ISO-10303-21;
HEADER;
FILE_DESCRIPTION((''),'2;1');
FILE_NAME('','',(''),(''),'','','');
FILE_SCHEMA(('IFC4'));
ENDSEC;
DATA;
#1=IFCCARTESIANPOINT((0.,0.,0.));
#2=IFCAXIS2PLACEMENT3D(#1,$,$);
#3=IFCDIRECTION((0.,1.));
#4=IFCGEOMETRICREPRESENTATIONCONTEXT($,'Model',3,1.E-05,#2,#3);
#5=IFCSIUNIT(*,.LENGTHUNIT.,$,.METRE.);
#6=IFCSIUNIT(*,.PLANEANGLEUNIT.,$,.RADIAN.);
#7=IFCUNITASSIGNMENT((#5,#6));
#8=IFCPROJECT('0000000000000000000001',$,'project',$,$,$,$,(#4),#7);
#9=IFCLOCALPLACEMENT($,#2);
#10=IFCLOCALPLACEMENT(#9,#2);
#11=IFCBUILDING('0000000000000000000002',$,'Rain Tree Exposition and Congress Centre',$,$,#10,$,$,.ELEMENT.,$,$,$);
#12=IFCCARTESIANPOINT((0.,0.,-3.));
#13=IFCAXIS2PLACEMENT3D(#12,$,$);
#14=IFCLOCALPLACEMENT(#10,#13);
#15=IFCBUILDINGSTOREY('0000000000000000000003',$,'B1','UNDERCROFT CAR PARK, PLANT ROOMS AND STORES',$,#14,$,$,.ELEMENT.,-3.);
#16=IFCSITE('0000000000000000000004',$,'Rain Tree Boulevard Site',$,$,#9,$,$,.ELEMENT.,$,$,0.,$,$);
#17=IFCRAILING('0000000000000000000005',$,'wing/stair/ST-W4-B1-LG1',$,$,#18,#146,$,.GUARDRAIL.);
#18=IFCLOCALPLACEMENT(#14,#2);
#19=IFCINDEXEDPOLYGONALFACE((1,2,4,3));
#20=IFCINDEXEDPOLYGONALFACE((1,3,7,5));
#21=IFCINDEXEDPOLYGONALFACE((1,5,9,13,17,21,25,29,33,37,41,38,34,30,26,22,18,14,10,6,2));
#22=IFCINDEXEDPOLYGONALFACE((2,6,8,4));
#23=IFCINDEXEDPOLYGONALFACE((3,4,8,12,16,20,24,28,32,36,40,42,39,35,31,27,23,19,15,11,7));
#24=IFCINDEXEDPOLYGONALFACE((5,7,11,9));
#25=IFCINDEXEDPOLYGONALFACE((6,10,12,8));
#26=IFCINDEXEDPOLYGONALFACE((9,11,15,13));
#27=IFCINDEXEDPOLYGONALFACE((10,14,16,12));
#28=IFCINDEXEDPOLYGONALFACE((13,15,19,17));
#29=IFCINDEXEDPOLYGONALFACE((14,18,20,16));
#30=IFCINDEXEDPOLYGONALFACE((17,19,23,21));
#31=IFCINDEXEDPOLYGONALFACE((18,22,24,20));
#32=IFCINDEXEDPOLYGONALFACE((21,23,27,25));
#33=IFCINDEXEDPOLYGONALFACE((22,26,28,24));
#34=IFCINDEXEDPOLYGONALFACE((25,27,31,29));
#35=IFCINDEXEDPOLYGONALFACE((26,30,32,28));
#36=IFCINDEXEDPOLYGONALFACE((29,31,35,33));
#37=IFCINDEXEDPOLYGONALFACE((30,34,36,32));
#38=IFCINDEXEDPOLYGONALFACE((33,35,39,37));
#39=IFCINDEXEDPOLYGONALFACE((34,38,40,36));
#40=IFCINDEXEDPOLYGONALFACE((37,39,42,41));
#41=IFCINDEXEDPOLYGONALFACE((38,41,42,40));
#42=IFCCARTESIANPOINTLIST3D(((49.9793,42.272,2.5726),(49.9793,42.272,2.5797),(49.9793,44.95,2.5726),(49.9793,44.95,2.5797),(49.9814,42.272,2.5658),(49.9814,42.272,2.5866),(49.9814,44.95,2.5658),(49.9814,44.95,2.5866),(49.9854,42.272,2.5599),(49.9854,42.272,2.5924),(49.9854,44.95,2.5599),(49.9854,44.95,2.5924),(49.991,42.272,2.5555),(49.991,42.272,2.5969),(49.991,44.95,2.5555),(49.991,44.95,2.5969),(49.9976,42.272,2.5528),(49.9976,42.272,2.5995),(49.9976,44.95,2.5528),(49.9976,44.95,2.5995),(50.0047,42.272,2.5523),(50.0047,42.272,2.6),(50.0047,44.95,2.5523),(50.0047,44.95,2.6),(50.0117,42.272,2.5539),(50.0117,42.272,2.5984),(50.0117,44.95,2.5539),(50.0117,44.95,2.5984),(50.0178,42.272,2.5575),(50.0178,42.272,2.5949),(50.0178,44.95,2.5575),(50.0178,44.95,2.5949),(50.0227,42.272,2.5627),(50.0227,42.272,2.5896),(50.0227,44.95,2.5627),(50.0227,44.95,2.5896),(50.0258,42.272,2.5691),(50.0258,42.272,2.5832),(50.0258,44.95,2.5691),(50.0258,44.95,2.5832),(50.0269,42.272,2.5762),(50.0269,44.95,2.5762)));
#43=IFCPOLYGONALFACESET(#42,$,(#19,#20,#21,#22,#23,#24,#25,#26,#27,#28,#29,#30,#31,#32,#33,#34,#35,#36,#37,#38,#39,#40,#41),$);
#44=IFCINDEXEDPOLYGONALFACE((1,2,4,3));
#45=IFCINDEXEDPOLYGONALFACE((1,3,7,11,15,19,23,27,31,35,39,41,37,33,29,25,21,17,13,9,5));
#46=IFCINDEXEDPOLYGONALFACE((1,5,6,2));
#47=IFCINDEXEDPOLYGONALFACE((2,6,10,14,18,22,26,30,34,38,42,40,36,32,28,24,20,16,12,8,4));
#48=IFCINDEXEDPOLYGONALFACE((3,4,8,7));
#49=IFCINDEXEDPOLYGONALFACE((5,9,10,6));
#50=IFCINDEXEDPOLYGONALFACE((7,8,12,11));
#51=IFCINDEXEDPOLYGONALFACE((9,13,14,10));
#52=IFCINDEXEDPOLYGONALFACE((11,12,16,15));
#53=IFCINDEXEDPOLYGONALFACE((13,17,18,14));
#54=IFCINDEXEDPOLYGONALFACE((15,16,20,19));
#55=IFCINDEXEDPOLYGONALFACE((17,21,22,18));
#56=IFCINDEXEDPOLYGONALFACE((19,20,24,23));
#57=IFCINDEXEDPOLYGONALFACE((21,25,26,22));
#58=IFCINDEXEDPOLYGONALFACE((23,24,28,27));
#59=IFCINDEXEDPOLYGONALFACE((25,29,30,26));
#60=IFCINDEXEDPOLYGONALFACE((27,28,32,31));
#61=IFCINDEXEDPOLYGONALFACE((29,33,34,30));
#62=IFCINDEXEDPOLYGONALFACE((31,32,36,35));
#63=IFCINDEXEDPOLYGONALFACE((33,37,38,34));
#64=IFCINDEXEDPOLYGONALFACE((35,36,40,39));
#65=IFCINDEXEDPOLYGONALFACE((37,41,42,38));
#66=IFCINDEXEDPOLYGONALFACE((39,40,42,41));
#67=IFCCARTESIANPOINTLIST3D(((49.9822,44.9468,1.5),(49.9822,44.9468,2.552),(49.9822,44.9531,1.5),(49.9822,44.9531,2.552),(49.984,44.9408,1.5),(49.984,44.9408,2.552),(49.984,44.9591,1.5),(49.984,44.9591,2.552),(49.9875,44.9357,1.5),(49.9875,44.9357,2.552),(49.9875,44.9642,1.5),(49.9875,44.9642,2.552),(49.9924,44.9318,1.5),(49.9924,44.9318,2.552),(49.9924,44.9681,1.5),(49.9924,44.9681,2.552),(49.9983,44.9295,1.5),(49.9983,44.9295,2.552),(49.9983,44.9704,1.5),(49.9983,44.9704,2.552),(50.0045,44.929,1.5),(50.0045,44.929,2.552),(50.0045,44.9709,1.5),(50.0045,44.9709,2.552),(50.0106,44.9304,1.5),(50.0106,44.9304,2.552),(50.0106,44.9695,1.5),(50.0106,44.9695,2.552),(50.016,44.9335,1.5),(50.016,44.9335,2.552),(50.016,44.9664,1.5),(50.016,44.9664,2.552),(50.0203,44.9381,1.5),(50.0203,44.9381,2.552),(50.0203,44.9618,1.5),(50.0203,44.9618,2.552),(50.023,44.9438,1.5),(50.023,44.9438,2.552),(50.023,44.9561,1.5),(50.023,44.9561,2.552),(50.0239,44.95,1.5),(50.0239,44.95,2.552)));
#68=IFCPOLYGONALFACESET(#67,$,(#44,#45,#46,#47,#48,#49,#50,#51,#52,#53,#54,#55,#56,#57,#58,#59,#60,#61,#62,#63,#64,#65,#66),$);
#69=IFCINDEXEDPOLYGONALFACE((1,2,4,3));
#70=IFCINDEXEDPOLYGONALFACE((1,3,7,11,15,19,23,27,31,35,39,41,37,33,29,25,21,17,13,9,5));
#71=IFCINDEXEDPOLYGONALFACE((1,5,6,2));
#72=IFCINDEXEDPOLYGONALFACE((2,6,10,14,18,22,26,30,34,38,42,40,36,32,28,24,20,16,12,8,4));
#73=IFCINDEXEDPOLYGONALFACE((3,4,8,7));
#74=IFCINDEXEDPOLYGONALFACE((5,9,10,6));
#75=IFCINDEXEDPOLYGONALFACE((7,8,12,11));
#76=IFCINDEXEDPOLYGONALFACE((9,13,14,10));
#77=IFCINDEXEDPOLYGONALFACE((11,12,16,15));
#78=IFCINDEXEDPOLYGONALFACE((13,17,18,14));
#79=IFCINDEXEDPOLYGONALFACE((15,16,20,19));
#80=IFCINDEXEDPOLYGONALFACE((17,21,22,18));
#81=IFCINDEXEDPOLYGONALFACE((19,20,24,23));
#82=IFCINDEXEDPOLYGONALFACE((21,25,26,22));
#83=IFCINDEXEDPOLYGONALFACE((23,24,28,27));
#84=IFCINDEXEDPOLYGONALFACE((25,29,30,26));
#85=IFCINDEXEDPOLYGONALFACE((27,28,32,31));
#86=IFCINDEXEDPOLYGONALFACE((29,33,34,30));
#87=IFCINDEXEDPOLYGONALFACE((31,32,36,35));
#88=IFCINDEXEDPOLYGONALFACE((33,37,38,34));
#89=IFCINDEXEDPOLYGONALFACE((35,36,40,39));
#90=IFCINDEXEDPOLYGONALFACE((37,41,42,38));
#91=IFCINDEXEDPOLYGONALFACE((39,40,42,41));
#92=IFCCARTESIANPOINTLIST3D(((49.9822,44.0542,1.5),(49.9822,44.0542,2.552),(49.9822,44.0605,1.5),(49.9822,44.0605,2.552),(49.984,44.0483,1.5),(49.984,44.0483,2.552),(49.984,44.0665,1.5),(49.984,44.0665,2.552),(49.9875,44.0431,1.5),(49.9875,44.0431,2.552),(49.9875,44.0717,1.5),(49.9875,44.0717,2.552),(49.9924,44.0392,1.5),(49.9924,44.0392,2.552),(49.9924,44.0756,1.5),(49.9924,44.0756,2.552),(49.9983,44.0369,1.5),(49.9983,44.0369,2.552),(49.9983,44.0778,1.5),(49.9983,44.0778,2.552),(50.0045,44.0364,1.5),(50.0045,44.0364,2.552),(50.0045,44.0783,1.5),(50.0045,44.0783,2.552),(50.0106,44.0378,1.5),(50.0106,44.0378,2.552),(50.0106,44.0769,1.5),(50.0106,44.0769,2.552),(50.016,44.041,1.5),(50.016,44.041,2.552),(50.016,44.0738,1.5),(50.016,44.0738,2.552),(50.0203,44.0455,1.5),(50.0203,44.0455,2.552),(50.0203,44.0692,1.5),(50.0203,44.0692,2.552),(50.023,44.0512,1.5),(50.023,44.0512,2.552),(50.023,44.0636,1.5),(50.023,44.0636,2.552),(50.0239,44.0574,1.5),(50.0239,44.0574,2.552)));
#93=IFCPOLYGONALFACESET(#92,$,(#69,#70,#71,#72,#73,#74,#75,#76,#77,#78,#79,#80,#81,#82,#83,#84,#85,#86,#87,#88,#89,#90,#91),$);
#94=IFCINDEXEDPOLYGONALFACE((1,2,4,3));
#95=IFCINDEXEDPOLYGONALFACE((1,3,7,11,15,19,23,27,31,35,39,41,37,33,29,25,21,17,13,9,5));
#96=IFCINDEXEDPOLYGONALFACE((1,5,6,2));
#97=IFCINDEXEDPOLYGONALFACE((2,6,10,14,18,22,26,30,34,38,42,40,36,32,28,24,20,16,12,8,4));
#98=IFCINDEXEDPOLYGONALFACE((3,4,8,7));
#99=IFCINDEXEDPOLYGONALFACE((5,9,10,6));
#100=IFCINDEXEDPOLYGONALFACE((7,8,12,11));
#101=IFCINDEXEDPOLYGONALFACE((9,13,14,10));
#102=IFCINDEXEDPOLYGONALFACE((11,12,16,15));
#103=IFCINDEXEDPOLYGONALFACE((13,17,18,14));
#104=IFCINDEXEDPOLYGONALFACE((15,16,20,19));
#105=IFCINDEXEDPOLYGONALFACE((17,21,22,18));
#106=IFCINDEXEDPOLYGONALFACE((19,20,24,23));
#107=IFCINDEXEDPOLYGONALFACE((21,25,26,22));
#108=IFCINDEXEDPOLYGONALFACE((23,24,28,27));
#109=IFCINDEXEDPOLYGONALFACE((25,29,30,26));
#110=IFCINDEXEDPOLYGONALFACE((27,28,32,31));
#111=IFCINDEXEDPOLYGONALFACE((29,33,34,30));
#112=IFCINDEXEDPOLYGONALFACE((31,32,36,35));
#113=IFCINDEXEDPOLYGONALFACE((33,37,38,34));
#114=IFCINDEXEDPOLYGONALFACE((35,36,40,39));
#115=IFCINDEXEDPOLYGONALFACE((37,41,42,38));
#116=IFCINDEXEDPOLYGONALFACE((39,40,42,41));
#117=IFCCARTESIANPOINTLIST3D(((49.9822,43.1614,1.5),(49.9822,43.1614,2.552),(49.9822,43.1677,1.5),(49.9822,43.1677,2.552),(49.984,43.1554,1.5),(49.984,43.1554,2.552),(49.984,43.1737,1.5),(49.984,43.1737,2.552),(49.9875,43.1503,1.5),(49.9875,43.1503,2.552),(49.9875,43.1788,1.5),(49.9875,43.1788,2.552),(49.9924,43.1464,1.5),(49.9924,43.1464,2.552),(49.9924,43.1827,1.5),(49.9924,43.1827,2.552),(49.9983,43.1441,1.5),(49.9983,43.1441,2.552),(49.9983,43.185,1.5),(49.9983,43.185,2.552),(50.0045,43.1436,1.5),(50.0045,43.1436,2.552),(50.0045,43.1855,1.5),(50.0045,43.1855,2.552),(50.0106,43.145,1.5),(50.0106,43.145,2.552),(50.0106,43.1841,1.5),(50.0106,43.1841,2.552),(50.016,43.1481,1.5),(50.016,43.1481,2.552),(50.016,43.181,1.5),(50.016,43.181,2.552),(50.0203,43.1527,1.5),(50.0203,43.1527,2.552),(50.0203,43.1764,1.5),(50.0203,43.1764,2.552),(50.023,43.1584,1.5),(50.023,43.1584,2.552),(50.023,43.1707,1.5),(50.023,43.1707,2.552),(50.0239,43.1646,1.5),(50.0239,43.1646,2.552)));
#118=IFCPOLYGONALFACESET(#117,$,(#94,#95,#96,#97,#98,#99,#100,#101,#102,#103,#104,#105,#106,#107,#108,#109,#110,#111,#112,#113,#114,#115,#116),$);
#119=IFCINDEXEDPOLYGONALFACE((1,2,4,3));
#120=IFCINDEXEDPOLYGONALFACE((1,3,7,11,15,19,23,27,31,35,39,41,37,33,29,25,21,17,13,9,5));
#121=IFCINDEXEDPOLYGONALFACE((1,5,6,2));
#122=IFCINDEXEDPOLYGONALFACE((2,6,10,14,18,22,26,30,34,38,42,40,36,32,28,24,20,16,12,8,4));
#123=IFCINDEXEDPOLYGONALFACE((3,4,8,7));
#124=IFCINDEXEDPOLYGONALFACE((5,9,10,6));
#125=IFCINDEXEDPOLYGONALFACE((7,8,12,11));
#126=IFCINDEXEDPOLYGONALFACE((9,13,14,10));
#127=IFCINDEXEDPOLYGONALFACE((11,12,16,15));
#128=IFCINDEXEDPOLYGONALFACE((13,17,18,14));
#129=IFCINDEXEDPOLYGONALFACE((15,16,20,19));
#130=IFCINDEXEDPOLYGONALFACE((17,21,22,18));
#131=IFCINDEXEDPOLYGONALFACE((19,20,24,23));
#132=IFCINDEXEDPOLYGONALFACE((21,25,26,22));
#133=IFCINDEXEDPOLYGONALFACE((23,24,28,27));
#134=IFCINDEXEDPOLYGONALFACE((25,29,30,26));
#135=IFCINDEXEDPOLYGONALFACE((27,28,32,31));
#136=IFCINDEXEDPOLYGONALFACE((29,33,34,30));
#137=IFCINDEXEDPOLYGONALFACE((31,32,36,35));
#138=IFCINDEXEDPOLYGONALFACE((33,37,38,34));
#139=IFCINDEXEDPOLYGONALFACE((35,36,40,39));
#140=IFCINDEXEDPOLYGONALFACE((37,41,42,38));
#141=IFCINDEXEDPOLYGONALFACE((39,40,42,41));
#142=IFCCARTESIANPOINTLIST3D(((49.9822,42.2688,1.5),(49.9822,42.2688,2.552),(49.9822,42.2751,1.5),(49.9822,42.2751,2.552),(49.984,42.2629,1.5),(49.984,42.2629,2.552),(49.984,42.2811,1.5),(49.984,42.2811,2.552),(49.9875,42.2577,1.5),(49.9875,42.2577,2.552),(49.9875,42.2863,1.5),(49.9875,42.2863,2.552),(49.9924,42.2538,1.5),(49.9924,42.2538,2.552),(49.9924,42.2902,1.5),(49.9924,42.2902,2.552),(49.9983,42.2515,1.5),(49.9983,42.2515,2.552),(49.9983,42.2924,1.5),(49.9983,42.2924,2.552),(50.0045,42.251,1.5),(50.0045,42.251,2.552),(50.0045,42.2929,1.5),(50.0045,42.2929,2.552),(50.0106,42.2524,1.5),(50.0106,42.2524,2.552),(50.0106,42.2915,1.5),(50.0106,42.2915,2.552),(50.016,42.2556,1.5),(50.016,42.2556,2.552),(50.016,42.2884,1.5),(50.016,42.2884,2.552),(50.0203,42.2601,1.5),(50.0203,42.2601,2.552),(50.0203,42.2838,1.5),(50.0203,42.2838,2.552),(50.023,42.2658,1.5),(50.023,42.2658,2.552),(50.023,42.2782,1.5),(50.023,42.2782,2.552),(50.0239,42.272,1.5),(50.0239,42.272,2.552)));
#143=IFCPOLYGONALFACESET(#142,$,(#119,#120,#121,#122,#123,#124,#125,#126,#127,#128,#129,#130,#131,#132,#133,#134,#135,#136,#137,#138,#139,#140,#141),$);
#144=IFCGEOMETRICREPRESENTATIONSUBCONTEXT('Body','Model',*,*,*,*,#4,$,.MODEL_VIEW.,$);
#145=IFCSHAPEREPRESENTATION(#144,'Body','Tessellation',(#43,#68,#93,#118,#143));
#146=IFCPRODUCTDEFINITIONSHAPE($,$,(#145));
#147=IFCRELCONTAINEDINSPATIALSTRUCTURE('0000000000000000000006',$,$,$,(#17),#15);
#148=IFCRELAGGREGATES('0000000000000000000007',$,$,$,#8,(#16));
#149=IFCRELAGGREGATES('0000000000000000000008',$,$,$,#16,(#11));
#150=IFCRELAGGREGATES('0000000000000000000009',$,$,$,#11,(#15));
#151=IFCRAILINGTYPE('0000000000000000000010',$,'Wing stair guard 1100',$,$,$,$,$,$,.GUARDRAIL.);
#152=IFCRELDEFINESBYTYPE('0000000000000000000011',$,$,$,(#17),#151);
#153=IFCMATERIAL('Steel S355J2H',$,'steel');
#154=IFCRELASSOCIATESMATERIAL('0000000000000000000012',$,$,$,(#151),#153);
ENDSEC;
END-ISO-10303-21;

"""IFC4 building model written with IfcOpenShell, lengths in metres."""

from ifc_helpers import new_model, si_unit, direction, frame, origin, origin_2d, place, context, subcontext, project, spatial, circle, extrude, material, type_object, element, save


model = new_model("IFC4")

# Units and contexts
model_context = context("Model", 3, precision=1e-05, world=origin(), true_north=direction((0.0, 1.0)))
body_context = subcontext(model_context, "Body", "Model", "MODEL_VIEW")
ifc_project = project(units=[si_unit("LENGTHUNIT", "METRE"), si_unit("PLANEANGLEUNIT", "RADIAN")], contexts=[model_context])

# Site, building, storey
site_placement = place(None, origin())
site = spatial("IfcSite", under=ifc_project, at=site_placement, Name="Rain Tree Boulevard Site", CompositionType="ELEMENT", RefElevation=0.0)
building_placement = place(site_placement, origin())
building = spatial("IfcBuilding", under=site, at=building_placement, Name="Rain Tree Exposition and Congress Centre", CompositionType="ELEMENT")
storey_placement = place(building_placement, frame((0.0, 0.0, -3.0)))
storey = spatial("IfcBuildingStorey", under=building, at=storey_placement, Name="B1", Description="UNDERCROFT CAR PARK, PLANT ROOMS AND STORES", CompositionType="ELEMENT", Elevation=-3.0)

# Railing
ifc_material_1 = material(Name="Steel S355J2H", Category="steel")
railing_type_1 = type_object("IfcRailingType", Name="Wing stair guard 1100", PredefinedType="GUARDRAIL", material=ifc_material_1)
railing_1_placement = place(storey_placement, frame((50.0029, 44.95, 1.5)))
element("IfcRailing", 1, at=railing_1_placement, inside=storey, type_object=railing_type_1, Name="wing/stair/ST-W4-B1-LG1", PredefinedType="GUARDRAIL", context=body_context, shape_type="SweptSolid", body=[
    extrude(circle(Radius=0.0239, at=origin_2d()), frame((0.0, 0.0, 1.0762), z_axis=(0.0, -1.0, 0.0), x_axis=(1.0, 0.0, 0.0)), (0.0, 0.0, 1.0), 2.678),
    extrude(circle(Radius=0.021, at=origin_2d()), origin(), (0.0, 0.0, 1.0), 1.052),
    extrude(circle(Radius=0.021, at=origin_2d()), frame((0.0, -0.8926, 0.0)), (0.0, 0.0, 1.0), 1.052),
    extrude(circle(Radius=0.021, at=origin_2d()), frame((0.0, -1.7854, 0.0)), (0.0, 0.0, 1.0), 1.052),
    extrude(circle(Radius=0.021, at=origin_2d()), frame((0.0, -2.678, 0.0)), (0.0, 0.0, 1.0), 1.052),
])

save(model, "model.ifc")
